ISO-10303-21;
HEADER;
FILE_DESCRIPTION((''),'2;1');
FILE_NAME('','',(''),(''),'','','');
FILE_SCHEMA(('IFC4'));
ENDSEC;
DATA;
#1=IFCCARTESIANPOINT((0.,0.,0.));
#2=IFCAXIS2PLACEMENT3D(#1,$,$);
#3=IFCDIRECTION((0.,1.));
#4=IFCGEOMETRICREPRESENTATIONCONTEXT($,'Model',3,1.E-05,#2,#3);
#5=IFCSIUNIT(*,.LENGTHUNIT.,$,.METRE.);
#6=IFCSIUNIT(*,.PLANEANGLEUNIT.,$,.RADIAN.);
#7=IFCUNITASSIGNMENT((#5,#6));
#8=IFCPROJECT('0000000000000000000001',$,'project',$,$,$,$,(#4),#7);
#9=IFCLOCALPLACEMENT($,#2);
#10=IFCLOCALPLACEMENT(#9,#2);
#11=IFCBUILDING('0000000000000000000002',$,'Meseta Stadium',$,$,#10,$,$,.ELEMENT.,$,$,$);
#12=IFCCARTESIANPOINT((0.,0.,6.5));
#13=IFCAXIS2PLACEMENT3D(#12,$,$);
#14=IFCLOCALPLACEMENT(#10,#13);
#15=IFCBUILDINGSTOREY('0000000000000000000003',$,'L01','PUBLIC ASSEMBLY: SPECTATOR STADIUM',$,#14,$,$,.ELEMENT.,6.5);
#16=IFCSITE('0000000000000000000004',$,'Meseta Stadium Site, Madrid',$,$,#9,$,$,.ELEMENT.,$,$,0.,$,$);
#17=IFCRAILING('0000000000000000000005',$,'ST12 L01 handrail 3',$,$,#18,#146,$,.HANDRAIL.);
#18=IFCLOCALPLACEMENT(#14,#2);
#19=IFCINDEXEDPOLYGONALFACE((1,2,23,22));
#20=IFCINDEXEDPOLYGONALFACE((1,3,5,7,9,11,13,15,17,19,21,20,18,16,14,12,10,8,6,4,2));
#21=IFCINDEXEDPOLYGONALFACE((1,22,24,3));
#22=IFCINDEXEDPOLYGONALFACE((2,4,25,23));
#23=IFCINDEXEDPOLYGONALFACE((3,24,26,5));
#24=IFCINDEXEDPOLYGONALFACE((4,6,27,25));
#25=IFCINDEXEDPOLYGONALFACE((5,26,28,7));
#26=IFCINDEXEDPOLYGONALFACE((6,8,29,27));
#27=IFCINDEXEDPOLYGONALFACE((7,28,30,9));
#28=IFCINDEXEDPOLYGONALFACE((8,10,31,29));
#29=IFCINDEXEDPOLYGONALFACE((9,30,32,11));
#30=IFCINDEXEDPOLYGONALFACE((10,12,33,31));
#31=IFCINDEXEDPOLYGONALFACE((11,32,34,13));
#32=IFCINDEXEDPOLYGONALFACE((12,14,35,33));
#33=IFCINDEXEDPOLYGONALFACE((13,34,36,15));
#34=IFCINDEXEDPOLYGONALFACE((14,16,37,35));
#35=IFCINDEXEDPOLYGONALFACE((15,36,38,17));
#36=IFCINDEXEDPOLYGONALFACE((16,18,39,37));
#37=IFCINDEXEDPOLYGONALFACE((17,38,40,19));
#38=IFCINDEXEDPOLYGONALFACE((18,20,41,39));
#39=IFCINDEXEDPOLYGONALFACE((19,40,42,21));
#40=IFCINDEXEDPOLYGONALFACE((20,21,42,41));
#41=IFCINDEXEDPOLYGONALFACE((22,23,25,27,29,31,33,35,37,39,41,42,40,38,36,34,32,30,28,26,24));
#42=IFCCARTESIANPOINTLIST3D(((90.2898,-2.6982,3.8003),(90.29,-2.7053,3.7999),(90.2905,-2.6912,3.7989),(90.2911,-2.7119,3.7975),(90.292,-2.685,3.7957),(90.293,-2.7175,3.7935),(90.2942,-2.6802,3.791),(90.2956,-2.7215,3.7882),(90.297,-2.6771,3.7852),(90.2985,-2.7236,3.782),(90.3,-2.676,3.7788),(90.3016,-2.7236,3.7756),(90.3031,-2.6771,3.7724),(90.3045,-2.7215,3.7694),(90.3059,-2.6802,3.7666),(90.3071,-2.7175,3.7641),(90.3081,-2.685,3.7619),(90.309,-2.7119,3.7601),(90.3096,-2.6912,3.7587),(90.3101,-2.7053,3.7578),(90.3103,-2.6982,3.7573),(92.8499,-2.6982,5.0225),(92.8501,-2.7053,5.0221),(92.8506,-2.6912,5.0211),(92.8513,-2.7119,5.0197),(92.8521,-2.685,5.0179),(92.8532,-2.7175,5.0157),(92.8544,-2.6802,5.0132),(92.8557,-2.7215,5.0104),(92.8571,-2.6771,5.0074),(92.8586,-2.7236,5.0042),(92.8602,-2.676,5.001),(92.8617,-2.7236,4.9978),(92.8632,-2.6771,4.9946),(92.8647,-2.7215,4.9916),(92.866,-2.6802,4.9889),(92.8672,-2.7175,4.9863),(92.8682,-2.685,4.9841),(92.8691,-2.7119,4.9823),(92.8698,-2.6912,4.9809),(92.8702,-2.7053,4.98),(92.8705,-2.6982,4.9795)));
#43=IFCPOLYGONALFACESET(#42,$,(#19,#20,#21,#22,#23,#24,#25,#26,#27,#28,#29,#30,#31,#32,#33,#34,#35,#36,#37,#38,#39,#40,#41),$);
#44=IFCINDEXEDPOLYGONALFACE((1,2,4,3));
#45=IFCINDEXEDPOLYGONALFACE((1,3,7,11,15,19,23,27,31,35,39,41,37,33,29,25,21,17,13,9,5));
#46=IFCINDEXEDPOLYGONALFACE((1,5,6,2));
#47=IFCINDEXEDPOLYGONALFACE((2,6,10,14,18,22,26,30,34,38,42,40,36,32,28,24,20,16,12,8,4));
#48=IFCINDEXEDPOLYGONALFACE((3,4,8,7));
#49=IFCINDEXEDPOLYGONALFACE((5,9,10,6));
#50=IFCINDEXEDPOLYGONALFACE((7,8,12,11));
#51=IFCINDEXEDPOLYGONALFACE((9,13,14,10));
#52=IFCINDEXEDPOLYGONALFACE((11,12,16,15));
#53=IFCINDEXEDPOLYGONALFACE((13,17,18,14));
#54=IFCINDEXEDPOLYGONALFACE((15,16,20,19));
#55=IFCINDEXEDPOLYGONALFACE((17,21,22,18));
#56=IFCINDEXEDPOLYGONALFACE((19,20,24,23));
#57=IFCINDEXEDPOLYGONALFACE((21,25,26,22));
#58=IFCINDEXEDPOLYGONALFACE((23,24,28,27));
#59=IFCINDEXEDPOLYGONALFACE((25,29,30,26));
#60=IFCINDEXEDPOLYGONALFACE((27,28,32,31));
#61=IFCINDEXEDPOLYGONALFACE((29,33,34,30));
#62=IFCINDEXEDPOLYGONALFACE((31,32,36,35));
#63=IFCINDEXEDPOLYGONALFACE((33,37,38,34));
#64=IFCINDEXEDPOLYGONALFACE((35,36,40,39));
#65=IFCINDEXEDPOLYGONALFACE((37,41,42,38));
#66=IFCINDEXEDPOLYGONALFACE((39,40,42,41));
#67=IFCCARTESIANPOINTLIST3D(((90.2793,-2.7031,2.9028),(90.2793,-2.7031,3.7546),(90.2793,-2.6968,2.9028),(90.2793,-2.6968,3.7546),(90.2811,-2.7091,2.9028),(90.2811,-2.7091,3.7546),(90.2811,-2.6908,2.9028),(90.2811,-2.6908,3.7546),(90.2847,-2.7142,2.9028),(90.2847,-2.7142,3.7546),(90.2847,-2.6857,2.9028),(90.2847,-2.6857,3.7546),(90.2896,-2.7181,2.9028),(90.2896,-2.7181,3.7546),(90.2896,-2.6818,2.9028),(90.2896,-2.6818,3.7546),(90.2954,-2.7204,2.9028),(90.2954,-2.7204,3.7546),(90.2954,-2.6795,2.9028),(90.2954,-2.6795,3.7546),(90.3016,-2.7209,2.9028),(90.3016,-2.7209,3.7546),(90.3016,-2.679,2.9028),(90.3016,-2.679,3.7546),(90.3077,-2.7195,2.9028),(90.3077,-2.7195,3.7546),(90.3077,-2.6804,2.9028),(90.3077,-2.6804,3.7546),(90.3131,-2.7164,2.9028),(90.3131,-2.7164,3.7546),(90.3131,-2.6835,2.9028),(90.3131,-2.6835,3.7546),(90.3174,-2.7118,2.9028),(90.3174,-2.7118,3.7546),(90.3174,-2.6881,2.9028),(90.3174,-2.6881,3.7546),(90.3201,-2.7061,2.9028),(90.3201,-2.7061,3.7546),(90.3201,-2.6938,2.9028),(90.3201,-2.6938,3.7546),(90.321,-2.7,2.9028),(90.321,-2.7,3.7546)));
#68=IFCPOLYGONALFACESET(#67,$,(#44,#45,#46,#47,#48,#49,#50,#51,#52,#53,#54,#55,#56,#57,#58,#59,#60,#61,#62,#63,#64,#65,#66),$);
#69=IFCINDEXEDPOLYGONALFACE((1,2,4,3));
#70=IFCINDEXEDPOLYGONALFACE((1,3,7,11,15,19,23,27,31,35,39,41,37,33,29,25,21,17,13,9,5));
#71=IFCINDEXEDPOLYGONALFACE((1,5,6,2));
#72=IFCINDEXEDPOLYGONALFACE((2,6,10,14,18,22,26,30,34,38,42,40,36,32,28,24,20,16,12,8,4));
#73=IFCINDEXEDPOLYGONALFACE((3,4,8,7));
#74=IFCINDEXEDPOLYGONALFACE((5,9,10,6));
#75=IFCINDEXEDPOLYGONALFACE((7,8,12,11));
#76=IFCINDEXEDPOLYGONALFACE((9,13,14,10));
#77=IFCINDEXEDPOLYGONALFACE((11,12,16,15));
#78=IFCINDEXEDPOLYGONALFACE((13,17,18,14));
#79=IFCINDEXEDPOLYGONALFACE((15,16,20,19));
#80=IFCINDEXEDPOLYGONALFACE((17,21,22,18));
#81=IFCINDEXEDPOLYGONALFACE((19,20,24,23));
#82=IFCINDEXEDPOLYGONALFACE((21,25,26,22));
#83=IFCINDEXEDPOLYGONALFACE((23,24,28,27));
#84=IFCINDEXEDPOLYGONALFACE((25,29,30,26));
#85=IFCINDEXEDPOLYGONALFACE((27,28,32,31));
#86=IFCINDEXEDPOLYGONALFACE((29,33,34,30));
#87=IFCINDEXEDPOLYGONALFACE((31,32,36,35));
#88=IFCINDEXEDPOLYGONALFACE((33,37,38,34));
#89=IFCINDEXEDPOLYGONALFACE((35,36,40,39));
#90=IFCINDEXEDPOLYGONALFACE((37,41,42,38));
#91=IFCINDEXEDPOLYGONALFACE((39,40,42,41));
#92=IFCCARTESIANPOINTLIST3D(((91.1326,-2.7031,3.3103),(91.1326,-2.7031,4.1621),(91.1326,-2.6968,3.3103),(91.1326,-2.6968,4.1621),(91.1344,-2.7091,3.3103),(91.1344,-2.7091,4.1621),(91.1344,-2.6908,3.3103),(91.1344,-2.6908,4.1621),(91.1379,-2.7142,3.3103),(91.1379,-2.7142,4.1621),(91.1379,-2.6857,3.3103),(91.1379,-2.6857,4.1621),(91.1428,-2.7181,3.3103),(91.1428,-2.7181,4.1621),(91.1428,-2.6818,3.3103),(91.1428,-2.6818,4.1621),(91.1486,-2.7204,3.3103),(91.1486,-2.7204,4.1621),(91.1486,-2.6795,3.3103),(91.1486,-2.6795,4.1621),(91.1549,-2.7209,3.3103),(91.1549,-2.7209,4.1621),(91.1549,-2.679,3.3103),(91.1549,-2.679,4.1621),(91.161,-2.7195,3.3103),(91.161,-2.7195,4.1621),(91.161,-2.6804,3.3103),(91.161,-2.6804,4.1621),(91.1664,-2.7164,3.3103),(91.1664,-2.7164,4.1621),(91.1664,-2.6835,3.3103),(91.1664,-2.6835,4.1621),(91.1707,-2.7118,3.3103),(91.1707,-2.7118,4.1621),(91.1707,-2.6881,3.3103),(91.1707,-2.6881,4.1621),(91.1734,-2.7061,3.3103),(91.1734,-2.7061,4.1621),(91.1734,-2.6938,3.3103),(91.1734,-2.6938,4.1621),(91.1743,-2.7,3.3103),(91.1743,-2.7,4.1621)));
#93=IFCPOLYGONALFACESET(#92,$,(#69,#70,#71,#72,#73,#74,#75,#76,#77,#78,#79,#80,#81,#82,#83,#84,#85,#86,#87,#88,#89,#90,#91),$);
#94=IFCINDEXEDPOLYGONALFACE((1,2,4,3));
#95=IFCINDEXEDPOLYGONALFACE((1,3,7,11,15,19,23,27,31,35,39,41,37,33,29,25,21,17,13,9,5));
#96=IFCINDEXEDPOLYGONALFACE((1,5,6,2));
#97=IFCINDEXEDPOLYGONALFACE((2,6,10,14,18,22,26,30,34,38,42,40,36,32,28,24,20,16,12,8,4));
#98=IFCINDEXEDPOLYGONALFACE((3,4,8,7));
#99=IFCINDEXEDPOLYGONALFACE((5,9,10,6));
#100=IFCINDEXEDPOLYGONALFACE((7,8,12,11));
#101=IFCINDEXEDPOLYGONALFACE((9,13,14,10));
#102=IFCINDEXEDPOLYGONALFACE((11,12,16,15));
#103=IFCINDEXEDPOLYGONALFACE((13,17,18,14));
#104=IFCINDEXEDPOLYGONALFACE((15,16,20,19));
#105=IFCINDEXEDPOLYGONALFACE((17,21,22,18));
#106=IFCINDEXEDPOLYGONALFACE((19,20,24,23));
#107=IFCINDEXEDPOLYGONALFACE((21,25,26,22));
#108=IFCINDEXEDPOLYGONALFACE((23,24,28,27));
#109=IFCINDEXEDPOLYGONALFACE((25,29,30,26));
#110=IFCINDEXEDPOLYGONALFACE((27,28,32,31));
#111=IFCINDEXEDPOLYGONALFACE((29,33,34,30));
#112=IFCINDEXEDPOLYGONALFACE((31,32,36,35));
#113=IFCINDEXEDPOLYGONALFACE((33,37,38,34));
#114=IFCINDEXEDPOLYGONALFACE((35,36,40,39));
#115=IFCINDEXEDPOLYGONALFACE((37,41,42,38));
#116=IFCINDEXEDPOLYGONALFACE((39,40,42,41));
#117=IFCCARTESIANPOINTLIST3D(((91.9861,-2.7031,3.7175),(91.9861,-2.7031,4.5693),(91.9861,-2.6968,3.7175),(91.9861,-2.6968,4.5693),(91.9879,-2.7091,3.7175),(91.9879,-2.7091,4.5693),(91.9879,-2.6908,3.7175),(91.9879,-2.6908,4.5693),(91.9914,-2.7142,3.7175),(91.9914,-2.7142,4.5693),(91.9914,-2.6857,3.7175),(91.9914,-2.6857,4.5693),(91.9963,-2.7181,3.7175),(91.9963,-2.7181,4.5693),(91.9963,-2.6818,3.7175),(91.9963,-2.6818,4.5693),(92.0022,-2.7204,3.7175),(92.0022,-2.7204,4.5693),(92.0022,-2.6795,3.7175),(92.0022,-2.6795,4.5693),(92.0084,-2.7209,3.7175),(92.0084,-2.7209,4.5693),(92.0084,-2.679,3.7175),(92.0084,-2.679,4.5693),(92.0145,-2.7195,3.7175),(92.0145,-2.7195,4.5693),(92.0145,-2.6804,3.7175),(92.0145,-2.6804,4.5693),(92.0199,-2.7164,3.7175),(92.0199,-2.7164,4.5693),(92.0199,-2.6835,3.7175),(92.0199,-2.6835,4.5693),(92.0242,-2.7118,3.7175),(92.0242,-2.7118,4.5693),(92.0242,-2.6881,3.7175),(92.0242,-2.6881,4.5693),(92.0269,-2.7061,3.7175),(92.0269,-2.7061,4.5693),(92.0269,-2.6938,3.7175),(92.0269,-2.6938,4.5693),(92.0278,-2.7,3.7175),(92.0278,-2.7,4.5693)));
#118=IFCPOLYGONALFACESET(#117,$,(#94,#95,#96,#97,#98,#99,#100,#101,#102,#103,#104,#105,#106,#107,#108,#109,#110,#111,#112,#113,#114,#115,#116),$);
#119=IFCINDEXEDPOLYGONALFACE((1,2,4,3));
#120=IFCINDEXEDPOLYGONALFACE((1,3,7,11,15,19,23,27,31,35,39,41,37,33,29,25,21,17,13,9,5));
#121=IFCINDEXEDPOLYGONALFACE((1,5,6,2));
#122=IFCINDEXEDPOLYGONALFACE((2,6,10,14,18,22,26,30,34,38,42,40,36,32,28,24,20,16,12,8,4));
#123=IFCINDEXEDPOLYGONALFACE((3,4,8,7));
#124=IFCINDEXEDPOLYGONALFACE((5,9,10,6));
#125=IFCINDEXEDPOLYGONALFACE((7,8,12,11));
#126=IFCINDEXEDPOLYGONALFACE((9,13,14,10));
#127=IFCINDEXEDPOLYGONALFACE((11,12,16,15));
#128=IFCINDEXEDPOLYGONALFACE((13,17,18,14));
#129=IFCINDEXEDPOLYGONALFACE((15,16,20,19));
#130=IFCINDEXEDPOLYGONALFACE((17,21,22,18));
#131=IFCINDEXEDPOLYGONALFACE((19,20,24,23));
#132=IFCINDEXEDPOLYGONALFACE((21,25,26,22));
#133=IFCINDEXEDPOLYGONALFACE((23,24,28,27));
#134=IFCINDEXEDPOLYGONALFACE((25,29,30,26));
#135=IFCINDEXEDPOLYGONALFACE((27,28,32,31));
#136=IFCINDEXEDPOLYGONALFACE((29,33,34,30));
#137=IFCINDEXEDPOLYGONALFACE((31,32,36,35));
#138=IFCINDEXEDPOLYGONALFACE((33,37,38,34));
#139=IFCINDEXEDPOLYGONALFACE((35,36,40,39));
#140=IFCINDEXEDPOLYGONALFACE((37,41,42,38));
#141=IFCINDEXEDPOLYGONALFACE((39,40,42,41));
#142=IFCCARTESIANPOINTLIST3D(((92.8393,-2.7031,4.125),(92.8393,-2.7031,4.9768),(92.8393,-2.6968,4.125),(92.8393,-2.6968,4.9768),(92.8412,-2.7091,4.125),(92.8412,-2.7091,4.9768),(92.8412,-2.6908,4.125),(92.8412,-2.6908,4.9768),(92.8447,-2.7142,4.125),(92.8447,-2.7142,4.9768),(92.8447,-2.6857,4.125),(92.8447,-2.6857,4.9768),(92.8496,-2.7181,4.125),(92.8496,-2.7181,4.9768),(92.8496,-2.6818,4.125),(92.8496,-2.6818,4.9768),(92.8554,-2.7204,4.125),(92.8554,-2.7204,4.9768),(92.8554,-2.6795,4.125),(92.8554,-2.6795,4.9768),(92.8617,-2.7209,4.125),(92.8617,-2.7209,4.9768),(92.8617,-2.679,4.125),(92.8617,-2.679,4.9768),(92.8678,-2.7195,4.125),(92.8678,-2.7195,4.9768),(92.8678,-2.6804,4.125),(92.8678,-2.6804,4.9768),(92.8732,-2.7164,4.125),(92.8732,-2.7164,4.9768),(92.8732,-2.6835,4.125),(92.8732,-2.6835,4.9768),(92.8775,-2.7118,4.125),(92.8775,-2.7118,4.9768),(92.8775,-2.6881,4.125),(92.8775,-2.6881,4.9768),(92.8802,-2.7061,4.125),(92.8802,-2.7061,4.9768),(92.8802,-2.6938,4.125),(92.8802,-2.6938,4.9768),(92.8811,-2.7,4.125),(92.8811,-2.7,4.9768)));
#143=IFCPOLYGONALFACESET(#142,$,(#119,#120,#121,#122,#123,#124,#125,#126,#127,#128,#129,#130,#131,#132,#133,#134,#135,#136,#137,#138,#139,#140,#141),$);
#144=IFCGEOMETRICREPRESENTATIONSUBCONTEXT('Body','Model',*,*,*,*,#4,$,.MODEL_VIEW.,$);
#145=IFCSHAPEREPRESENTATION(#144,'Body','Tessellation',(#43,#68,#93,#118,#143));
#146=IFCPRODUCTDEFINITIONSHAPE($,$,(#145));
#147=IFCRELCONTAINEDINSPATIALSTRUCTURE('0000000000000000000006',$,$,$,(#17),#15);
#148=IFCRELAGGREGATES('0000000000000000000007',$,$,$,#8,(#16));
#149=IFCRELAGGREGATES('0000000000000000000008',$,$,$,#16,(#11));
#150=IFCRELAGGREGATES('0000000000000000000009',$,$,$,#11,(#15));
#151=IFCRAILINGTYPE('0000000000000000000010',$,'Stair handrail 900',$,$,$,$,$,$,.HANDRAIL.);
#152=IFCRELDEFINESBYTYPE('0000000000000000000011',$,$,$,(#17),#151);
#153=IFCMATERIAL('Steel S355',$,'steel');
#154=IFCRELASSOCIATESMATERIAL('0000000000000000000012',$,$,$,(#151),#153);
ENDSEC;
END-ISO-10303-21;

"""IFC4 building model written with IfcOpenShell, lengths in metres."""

from ifc_helpers import new_model, si_unit, direction, frame, origin, origin_2d, place, context, subcontext, project, spatial, circle, extrude, material, type_object, element, save


model = new_model("IFC4")

# Units and contexts
model_context = context("Model", 3, precision=1e-05, world=origin(), true_north=direction((0.0, 1.0)))
body_context = subcontext(model_context, "Body", "Model", "MODEL_VIEW")
ifc_project = project(units=[si_unit("LENGTHUNIT", "METRE"), si_unit("PLANEANGLEUNIT", "RADIAN")], contexts=[model_context])

# Site, building, storey
site_placement = place(None, origin())
site = spatial("IfcSite", under=ifc_project, at=site_placement, Name="Meseta Stadium Site, Madrid", CompositionType="ELEMENT", RefElevation=0.0)
building_placement = place(site_placement, origin())
building = spatial("IfcBuilding", under=site, at=building_placement, Name="Meseta Stadium", CompositionType="ELEMENT")
storey_placement = place(building_placement, frame((0.0, 0.0, 6.5)))
storey = spatial("IfcBuildingStorey", under=building, at=storey_placement, Name="L01", Description="PUBLIC ASSEMBLY: SPECTATOR STADIUM", CompositionType="ELEMENT", Elevation=6.5)

# Railing
ifc_material_1 = material(Name="Steel S355", Category="steel")
railing_type_1 = type_object("IfcRailingType", Name="Stair handrail 900", PredefinedType="HANDRAIL", material=ifc_material_1)
for number, where, name in (
    (1, (90.3, -2.7, 2.9028), "ST12 L01 handrail 3"),
):
    element("IfcRailing", number, at=place(storey_placement, frame(where)), inside=storey, type_object=railing_type_1, Name=name, PredefinedType="HANDRAIL", context=body_context, shape_type="SweptSolid", body=[
        extrude(circle(Radius=0.0239, at=origin_2d()), frame((0.0, 0.0, 0.876), z_axis=(0.902437, 0.0, 0.430822), x_axis=(0.0, 1.0, 0.0)), (0.0, 0.0, 1.0), 2.8369),
        extrude(circle(Radius=0.021, at=origin_2d()), origin(), (0.0, 0.0, 1.0), 0.8518),
        extrude(circle(Radius=0.021, at=origin_2d()), frame((0.8533, 0.0, 0.4075)), (0.0, 0.0, 1.0), 0.8518),
        extrude(circle(Radius=0.021, at=origin_2d()), frame((1.7068, 0.0, 0.8147)), (0.0, 0.0, 1.0), 0.8518),
        extrude(circle(Radius=0.021, at=origin_2d()), frame((2.5601, 0.0, 1.2222)), (0.0, 0.0, 1.0), 0.8518),
    ])

save(model, "model.ifc")
